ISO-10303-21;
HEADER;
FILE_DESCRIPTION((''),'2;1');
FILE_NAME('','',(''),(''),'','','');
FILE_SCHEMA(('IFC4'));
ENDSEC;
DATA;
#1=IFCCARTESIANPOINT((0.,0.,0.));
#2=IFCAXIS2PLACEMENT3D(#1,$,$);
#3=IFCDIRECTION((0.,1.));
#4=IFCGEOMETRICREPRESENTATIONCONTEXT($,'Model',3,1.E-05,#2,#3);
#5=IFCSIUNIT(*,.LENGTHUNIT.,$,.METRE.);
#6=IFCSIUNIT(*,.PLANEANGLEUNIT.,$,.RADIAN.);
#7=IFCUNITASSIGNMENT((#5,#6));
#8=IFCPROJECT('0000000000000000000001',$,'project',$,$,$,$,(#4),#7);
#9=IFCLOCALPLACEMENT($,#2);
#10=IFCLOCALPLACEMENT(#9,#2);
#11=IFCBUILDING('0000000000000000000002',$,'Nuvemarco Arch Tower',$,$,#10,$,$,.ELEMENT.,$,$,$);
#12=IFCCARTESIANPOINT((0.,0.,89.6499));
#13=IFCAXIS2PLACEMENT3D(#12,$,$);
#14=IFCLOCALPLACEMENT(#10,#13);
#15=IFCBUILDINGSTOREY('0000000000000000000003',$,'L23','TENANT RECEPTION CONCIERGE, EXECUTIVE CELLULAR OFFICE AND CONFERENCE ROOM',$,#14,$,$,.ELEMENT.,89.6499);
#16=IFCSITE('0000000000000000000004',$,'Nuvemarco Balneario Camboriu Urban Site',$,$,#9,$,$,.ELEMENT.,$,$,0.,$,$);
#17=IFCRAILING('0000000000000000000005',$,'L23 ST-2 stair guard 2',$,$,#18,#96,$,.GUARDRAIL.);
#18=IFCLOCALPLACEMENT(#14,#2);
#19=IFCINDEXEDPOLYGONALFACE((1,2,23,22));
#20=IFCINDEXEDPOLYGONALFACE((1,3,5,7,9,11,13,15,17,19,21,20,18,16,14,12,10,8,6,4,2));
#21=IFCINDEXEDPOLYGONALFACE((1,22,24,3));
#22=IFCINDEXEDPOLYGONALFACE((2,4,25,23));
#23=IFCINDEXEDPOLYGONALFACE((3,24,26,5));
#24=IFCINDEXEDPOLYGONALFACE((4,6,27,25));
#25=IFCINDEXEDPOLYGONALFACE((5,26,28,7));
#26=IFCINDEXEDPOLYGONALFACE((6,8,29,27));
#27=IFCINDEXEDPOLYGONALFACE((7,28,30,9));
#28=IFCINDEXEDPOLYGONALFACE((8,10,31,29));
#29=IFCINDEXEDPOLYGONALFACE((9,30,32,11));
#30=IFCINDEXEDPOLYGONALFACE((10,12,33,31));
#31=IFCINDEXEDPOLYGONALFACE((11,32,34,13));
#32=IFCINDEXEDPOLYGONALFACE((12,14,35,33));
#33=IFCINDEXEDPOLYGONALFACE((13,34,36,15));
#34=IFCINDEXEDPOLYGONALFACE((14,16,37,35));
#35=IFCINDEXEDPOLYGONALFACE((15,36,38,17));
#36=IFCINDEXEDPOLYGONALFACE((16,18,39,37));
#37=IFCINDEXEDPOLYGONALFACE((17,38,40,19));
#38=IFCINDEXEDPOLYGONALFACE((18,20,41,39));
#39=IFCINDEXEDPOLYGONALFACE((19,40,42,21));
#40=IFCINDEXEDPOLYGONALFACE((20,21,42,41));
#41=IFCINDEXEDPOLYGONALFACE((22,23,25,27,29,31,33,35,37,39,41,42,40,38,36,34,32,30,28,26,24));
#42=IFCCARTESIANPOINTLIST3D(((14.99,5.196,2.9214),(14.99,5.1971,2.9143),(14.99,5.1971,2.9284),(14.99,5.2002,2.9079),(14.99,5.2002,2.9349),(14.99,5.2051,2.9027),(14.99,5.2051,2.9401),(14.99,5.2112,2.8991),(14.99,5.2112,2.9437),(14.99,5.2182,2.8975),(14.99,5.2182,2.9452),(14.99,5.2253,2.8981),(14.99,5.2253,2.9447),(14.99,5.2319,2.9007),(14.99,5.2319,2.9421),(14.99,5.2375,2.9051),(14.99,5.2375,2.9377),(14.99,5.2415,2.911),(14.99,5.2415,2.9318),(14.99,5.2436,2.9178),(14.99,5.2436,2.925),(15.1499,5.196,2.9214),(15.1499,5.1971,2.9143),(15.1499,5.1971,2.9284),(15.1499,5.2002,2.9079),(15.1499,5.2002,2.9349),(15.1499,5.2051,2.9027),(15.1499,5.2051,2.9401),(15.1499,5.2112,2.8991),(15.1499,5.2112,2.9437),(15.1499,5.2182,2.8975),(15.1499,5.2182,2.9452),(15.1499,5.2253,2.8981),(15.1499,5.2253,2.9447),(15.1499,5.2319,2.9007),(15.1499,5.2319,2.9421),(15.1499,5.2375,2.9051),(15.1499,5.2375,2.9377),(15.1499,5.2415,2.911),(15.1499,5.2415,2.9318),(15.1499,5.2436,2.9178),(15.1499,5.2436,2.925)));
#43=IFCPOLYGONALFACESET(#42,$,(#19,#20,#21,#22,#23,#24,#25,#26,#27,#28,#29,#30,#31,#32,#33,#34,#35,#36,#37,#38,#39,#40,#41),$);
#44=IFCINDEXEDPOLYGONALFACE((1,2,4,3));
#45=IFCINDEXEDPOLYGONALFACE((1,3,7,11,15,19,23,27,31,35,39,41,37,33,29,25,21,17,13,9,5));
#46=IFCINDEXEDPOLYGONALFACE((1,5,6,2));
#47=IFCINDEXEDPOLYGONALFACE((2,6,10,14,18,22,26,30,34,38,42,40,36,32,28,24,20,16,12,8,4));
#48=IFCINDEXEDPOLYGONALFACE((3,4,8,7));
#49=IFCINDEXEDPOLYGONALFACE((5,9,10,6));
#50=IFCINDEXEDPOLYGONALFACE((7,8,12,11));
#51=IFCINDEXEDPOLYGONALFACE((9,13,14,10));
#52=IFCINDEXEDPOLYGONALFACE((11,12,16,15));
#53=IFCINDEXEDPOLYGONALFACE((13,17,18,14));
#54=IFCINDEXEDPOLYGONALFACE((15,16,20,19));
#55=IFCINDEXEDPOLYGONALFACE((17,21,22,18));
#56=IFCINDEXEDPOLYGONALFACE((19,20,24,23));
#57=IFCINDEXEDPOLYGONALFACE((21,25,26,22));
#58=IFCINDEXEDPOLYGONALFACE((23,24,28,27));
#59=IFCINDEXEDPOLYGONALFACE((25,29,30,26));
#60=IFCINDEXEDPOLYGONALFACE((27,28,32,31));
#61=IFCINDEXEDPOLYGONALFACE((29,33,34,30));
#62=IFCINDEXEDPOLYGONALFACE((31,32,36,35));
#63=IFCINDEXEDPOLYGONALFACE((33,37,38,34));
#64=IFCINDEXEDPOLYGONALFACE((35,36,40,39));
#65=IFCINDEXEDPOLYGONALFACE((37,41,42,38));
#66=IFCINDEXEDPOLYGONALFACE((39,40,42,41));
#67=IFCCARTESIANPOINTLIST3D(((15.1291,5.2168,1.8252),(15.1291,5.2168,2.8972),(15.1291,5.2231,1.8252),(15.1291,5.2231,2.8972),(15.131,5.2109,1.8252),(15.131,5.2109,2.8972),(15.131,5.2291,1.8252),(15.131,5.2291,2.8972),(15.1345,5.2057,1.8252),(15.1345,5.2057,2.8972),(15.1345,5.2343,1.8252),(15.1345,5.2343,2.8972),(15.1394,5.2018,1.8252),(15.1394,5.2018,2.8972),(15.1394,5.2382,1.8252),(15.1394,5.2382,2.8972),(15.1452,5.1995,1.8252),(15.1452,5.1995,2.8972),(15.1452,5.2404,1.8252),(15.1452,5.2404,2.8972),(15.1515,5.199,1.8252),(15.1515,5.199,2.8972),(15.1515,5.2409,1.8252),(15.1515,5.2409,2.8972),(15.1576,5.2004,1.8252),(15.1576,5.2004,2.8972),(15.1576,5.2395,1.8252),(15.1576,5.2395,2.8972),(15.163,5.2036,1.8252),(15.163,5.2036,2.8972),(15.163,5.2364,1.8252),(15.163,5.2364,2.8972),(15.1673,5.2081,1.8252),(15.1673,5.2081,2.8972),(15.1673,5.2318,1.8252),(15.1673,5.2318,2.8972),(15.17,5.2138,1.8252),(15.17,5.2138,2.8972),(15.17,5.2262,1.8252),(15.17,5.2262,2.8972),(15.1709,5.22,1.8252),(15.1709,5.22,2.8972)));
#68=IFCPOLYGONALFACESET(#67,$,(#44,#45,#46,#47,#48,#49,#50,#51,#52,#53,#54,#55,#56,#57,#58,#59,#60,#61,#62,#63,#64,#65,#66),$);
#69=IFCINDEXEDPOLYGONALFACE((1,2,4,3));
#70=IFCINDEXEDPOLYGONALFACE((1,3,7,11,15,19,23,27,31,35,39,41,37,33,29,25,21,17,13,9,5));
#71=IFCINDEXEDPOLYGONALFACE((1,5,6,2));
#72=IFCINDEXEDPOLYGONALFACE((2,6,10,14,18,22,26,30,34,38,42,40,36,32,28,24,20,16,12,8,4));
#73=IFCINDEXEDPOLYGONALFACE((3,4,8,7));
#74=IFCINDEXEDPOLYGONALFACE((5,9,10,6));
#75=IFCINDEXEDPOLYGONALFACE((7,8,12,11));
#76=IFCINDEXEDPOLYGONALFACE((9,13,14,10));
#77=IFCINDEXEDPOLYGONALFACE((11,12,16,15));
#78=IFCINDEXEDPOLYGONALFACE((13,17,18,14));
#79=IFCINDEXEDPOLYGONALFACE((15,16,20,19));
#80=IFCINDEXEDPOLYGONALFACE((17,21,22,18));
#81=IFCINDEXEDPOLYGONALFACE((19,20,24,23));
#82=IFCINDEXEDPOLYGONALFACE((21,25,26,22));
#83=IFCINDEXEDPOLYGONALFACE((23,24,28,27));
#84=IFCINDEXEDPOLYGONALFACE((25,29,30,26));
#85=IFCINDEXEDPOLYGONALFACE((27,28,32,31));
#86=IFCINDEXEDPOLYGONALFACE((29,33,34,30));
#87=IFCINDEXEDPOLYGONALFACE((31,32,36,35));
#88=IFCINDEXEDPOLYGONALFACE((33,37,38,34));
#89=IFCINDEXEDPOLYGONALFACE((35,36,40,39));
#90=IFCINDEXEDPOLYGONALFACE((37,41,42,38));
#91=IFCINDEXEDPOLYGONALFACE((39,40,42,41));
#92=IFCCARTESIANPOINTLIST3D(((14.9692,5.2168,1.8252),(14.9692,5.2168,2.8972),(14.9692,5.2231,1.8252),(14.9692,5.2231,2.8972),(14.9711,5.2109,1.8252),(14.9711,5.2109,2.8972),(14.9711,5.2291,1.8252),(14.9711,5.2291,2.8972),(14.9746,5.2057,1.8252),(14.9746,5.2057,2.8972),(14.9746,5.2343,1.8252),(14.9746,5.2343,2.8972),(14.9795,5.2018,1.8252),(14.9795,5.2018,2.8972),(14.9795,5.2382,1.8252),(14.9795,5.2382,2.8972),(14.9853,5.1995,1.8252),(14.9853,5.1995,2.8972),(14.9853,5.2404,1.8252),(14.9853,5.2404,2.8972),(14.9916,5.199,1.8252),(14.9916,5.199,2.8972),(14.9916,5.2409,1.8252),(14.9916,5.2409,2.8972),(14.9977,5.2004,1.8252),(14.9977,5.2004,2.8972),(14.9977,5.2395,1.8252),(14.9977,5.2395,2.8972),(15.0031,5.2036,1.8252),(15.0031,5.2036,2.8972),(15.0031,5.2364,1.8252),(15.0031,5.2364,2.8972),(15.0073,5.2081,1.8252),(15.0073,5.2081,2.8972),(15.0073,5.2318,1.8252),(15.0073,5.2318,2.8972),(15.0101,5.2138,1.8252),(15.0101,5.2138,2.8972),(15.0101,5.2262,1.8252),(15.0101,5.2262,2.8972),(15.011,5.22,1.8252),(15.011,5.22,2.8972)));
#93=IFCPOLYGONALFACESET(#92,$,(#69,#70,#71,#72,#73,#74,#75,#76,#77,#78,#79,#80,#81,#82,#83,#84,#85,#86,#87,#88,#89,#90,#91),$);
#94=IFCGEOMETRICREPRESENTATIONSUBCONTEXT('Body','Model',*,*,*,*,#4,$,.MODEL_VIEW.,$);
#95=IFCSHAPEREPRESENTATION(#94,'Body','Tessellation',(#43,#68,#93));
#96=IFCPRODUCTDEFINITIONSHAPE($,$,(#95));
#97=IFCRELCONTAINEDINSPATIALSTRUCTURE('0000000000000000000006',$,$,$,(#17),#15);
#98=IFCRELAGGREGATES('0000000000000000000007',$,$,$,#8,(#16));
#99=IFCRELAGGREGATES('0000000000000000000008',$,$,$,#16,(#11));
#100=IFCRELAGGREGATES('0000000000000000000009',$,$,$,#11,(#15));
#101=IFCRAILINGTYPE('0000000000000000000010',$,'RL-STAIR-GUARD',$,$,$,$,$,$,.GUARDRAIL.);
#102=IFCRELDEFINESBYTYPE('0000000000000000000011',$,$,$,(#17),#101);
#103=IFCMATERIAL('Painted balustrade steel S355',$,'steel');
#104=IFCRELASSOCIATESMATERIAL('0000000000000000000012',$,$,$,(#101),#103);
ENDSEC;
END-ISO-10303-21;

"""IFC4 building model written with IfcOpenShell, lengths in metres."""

from ifc_helpers import new_model, si_unit, direction, frame, origin, origin_2d, place, context, subcontext, project, spatial, circle, extrude, material, type_object, element, save


model = new_model("IFC4")

# Units and contexts
model_context = context("Model", 3, precision=1e-05, world=origin(), true_north=direction((0.0, 1.0)))
body_context = subcontext(model_context, "Body", "Model", "MODEL_VIEW")
ifc_project = project(units=[si_unit("LENGTHUNIT", "METRE"), si_unit("PLANEANGLEUNIT", "RADIAN")], contexts=[model_context])

# Site, building, storey
site_placement = place(None, origin())
site = spatial("IfcSite", under=ifc_project, at=site_placement, Name="Nuvemarco Balneario Camboriu Urban Site", CompositionType="ELEMENT", RefElevation=0.0)
building_placement = place(site_placement, origin())
building = spatial("IfcBuilding", under=site, at=building_placement, Name="Nuvemarco Arch Tower", CompositionType="ELEMENT")
storey_placement = place(building_placement, frame((0.0, 0.0, 89.6499)))
storey = spatial("IfcBuildingStorey", under=building, at=storey_placement, Name="L23", Description="TENANT RECEPTION CONCIERGE, EXECUTIVE CELLULAR OFFICE AND CONFERENCE ROOM", CompositionType="ELEMENT", Elevation=89.6499)

# Railing
ifc_material_1 = material(Name="Painted balustrade steel S355", Category="steel")
railing_type_1 = type_object("IfcRailingType", Name="RL-STAIR-GUARD", PredefinedType="GUARDRAIL", material=ifc_material_1)
railing_1_placement = place(storey_placement, frame((15.1499, 5.22, 1.8252)))
element("IfcRailing", 1, at=railing_1_placement, inside=storey, type_object=railing_type_1, Name="L23 ST-2 stair guard 2", PredefinedType="GUARDRAIL", context=body_context, shape_type="SweptSolid", body=[
    extrude(circle(Radius=0.0239, at=origin_2d()), frame((0.0, 0.0, 1.0962), z_axis=(-1.0, 0.0, 0.0), x_axis=(0.0, -1.0, 0.0)), (0.0, 0.0, 1.0), 0.1599),
    extrude(circle(Radius=0.021, at=origin_2d()), origin(), (0.0, 0.0, 1.0), 1.072),
    extrude(circle(Radius=0.021, at=origin_2d()), frame((-0.1599, 0.0, 0.0)), (0.0, 0.0, 1.0), 1.072),
])

save(model, "model.ifc")
